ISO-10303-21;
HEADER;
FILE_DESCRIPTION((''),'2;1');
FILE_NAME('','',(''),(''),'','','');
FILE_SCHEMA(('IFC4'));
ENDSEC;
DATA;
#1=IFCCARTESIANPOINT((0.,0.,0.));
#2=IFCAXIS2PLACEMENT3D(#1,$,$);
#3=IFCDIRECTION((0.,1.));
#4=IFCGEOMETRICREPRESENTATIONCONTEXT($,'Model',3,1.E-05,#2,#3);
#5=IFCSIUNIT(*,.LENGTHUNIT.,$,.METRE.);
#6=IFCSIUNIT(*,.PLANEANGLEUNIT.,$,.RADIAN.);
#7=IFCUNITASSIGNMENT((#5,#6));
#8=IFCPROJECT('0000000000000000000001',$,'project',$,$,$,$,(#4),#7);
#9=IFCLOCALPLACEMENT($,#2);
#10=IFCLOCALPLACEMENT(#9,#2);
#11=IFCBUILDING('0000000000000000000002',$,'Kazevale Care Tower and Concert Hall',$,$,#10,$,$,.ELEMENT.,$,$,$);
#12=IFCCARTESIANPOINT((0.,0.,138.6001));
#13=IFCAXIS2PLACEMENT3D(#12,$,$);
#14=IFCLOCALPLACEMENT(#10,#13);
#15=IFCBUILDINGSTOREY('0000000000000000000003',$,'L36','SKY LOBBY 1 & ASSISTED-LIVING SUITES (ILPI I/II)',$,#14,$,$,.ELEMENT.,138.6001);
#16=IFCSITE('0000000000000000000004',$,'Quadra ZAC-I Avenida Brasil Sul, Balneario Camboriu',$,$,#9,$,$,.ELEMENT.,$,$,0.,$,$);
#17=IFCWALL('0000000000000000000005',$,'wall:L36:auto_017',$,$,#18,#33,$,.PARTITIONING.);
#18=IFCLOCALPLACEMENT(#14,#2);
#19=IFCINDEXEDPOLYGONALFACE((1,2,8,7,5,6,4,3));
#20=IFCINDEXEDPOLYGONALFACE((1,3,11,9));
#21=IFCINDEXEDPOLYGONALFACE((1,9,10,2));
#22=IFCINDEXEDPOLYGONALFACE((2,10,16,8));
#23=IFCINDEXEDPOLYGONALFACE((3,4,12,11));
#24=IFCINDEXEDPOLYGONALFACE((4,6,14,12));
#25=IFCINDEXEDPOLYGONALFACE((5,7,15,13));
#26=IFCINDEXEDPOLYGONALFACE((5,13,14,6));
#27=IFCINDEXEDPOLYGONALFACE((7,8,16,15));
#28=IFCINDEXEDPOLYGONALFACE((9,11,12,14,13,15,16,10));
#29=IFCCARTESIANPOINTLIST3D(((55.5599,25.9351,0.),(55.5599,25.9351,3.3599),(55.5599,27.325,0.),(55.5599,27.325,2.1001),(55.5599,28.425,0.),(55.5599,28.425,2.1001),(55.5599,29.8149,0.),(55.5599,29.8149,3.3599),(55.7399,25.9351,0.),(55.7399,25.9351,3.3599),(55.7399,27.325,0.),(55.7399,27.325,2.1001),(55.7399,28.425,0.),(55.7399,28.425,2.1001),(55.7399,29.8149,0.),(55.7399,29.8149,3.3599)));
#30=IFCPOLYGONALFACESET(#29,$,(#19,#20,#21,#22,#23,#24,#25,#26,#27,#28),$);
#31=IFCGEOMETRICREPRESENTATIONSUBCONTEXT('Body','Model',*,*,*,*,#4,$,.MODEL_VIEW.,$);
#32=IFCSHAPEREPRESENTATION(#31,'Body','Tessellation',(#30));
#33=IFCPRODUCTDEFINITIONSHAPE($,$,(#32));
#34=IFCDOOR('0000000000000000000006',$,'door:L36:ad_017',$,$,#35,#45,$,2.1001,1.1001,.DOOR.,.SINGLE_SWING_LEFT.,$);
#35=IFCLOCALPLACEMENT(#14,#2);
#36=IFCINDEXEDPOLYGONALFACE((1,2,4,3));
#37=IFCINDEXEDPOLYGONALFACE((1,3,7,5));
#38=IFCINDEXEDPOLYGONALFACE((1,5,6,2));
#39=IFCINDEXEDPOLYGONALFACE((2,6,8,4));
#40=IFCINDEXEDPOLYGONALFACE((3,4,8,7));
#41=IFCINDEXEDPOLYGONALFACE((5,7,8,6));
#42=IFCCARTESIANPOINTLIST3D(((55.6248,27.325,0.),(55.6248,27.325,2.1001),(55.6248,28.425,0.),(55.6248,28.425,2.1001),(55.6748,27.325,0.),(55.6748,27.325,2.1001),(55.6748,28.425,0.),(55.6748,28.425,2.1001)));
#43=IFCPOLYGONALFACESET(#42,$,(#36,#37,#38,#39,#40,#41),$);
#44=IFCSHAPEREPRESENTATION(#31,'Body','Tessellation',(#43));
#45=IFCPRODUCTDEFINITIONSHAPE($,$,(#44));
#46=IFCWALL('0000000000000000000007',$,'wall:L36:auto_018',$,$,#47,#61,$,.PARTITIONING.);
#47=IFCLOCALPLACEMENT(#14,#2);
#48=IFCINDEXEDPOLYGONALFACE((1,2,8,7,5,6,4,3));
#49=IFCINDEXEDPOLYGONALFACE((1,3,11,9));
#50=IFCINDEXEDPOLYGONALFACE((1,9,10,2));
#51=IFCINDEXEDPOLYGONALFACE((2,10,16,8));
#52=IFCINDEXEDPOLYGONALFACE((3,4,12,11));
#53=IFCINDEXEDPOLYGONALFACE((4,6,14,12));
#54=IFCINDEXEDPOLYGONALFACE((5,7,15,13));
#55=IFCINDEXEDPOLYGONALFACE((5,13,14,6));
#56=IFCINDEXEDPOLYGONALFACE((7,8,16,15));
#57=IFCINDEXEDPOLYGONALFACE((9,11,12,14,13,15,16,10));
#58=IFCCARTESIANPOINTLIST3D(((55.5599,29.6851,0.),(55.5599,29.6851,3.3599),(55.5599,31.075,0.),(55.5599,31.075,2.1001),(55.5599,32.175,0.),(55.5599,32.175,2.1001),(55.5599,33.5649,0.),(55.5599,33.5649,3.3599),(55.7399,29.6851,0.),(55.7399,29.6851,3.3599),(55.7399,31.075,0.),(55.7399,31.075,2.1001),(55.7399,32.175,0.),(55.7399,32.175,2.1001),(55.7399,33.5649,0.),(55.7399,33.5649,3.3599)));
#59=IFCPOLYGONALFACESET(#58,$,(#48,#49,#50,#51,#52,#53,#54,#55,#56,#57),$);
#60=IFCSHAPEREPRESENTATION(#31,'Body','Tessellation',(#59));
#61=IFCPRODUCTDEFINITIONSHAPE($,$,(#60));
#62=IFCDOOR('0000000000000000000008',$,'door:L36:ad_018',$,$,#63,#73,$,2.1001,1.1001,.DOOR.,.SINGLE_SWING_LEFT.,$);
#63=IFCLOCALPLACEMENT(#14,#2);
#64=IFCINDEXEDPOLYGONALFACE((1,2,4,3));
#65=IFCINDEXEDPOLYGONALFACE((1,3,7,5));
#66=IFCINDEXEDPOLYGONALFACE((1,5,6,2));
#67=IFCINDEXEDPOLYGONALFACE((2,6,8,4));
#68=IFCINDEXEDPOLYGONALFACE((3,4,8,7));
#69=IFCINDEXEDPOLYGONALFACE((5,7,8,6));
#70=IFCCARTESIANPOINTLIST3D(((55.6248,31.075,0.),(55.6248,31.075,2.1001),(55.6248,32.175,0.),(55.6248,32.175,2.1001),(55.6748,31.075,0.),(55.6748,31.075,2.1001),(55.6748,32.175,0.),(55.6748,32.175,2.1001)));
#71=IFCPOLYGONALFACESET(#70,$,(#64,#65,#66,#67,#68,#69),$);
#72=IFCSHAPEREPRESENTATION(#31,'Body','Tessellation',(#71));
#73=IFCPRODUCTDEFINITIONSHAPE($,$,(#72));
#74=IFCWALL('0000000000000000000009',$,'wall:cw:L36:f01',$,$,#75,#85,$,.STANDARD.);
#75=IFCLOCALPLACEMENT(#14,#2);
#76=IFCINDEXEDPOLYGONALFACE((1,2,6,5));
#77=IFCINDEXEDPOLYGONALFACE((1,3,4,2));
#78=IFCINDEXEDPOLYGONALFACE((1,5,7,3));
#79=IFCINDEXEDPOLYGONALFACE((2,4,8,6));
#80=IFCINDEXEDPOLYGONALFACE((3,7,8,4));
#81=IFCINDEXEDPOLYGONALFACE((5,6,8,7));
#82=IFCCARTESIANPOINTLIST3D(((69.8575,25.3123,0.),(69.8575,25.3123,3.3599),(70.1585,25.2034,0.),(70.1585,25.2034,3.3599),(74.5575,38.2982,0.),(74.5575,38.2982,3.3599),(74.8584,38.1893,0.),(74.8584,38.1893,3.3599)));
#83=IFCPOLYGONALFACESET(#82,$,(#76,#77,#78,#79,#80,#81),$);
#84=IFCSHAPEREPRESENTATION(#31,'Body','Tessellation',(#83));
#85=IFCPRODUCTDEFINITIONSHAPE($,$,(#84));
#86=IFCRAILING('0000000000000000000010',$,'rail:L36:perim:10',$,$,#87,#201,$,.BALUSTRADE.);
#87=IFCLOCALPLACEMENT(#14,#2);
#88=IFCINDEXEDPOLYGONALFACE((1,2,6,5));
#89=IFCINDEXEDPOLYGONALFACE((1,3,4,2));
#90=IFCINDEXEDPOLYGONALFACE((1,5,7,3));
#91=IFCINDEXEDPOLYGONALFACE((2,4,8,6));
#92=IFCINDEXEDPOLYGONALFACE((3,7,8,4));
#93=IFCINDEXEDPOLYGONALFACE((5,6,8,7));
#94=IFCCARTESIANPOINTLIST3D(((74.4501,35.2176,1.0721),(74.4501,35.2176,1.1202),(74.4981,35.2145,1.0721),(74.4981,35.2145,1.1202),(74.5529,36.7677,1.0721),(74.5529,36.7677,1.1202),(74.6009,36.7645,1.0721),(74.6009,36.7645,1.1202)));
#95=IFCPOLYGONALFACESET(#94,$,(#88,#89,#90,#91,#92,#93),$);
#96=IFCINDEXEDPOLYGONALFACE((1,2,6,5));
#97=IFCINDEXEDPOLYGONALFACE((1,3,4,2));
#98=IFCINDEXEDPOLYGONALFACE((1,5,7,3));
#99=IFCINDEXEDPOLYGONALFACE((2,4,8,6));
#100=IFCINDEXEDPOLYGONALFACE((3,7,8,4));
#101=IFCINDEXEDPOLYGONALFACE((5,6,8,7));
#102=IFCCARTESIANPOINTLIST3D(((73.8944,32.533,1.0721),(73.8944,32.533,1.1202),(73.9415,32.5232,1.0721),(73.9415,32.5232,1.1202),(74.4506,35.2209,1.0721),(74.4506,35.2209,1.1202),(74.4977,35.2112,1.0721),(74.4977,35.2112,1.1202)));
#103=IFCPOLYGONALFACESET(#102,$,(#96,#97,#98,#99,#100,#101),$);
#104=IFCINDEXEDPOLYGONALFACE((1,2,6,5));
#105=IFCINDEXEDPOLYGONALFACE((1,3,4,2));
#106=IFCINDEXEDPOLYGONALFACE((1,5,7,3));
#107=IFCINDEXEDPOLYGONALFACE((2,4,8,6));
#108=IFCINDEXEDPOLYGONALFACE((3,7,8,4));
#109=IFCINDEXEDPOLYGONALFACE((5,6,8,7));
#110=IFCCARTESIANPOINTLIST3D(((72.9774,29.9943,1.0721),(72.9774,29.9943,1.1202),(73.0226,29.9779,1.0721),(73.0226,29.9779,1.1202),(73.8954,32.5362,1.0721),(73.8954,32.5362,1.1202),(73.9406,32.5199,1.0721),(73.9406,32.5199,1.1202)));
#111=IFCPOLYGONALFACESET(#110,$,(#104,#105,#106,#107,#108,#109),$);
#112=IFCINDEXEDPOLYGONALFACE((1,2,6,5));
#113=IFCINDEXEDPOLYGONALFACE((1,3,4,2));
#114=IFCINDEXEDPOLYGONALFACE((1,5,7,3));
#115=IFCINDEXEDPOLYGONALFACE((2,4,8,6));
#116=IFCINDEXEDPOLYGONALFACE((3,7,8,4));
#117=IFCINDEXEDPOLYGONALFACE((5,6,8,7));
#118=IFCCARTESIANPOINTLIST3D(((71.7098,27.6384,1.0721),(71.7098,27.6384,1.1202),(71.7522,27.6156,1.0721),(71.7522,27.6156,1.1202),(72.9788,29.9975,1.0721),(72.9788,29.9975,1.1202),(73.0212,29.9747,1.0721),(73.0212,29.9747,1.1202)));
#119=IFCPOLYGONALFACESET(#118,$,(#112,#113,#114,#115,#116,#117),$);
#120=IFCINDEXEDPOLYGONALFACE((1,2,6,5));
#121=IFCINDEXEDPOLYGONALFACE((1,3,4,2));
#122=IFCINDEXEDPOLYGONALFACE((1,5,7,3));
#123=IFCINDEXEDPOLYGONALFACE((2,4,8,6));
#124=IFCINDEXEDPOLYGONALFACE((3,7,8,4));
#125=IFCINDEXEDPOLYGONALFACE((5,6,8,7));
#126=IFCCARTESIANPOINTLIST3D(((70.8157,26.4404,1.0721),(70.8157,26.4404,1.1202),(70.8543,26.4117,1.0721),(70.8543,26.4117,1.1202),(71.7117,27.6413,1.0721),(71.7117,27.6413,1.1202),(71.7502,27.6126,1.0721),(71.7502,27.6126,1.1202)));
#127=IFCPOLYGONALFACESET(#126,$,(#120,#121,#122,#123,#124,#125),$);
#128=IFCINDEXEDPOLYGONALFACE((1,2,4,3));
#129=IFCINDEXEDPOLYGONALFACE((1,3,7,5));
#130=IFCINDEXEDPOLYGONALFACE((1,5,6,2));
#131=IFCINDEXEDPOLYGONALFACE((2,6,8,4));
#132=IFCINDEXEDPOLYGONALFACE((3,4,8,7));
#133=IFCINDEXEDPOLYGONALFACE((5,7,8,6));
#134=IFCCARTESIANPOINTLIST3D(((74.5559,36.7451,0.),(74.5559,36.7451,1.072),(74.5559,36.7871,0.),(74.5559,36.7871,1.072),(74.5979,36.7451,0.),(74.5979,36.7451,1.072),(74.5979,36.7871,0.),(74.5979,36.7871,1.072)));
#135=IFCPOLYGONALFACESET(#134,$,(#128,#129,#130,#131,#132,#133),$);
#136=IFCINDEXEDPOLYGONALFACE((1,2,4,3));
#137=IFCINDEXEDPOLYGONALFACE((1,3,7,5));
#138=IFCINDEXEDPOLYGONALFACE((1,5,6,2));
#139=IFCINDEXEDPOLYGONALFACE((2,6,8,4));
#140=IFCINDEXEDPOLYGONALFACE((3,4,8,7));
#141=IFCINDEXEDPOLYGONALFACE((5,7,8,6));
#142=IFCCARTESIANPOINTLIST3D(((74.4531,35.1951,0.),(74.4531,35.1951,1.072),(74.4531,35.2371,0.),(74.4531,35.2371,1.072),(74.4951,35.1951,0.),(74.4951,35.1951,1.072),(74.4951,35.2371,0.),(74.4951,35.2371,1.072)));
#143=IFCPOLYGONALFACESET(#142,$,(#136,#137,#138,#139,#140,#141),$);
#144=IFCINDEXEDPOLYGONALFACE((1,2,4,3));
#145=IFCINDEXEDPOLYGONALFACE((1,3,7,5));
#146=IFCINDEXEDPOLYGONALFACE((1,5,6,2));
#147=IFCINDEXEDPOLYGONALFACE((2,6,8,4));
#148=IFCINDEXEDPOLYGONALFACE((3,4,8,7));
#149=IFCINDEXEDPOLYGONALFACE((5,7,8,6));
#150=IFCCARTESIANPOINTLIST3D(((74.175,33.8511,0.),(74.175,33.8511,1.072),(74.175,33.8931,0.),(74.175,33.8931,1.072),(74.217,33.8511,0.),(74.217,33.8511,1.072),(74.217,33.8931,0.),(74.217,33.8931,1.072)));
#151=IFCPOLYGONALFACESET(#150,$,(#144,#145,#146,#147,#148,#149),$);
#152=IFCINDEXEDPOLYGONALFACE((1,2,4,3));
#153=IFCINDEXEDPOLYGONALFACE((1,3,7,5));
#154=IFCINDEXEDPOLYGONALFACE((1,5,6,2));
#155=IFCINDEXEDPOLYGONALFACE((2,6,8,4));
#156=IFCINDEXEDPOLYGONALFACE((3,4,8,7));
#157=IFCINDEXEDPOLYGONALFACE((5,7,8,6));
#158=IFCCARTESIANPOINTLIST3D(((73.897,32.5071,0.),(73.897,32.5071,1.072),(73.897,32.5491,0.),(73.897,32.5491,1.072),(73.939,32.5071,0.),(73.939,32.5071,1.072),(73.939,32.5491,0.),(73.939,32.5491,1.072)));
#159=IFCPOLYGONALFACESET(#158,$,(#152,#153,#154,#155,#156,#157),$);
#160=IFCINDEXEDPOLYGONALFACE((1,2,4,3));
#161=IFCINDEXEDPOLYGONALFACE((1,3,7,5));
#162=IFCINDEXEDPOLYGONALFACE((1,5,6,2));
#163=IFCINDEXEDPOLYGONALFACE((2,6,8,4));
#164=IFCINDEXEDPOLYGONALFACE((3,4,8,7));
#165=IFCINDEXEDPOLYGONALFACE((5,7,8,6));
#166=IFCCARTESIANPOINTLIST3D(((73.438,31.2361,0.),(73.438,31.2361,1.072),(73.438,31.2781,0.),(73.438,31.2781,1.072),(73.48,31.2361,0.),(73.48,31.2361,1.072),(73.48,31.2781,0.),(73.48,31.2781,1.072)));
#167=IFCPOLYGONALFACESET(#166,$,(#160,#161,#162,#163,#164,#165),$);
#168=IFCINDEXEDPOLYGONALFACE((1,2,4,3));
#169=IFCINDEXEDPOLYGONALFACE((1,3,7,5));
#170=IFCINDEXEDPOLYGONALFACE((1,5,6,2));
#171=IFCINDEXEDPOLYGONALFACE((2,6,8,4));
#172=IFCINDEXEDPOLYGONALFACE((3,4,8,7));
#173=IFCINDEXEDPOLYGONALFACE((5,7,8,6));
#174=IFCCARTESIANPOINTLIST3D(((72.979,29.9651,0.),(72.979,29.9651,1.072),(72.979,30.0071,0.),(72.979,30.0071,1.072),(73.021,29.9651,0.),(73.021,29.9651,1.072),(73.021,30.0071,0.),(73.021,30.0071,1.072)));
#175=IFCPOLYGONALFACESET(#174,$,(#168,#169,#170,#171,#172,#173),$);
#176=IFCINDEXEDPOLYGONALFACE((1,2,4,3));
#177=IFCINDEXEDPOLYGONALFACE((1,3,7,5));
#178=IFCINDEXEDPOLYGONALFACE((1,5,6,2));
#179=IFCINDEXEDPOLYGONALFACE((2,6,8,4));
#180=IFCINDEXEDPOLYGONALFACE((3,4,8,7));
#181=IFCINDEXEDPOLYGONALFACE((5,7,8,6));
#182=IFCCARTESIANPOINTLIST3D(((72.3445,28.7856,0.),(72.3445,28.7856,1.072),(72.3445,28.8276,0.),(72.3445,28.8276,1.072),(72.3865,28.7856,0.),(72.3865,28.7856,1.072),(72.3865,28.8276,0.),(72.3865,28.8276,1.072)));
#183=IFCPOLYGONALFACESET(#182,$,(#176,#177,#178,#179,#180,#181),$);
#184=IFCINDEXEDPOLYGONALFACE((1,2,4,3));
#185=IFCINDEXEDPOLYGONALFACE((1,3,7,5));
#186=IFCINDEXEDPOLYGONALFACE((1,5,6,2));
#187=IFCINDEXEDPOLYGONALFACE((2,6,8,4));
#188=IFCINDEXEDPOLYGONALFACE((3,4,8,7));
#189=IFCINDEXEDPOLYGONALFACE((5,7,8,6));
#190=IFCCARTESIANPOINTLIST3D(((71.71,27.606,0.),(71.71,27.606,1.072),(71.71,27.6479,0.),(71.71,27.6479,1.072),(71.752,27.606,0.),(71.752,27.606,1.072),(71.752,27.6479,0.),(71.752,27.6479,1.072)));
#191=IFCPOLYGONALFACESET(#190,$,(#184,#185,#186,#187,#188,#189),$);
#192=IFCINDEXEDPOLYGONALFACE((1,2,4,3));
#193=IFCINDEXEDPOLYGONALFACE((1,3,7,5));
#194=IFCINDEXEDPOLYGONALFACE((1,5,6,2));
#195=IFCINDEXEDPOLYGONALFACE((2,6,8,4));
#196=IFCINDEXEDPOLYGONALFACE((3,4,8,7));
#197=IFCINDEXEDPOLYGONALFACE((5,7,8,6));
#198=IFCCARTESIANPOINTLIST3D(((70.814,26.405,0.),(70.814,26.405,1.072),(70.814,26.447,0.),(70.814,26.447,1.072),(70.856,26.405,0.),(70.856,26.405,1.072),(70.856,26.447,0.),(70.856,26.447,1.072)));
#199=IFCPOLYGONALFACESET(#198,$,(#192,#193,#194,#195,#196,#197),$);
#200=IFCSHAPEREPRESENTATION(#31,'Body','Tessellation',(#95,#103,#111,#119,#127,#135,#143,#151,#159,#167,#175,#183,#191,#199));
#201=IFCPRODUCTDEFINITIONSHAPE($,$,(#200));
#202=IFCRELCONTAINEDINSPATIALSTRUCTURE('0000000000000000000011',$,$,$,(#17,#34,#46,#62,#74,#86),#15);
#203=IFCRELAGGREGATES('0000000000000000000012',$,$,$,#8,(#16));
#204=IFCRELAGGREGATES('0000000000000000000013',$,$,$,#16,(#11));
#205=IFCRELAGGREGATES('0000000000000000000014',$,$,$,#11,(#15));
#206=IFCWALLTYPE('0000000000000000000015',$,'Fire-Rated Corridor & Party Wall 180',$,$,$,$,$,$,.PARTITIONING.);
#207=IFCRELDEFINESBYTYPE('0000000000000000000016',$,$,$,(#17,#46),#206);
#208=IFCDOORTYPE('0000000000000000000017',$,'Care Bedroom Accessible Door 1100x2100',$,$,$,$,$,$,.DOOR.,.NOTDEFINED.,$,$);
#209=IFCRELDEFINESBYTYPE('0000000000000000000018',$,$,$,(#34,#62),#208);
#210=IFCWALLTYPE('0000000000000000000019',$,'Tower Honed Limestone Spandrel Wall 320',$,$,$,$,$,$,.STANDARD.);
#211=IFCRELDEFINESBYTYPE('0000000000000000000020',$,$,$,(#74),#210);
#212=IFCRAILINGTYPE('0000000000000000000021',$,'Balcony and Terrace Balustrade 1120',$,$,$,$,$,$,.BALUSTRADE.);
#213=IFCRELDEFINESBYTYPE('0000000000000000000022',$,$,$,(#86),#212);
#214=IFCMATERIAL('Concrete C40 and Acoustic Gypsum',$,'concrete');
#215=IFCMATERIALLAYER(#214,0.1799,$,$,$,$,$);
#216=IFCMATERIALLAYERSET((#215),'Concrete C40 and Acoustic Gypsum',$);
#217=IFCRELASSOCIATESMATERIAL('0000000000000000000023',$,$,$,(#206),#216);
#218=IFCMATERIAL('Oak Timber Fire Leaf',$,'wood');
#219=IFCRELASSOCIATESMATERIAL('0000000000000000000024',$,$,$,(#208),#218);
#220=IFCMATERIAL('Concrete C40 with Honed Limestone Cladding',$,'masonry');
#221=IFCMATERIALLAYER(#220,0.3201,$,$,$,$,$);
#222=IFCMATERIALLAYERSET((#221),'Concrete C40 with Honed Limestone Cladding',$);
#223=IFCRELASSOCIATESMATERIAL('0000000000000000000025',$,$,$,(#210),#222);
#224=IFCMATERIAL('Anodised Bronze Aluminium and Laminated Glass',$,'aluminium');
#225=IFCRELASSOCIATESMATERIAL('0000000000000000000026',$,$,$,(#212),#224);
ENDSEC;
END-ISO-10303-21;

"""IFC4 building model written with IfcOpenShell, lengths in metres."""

from ifc_helpers import new_model, si_unit, direction, frame, frame_2d, origin, origin_2d, place, context, subcontext, project, spatial, rectangle, extrude, material, layer, layer_set, type_object, element, fill, save


model = new_model("IFC4")

# Units and contexts
model_context = context("Model", 3, precision=1e-05, world=origin(), true_north=direction((0.0, 1.0)))
body_context = subcontext(model_context, "Body", "Model", "MODEL_VIEW")
ifc_project = project(units=[si_unit("LENGTHUNIT", "METRE"), si_unit("PLANEANGLEUNIT", "RADIAN")], contexts=[model_context])

# Site, building, storey
site_placement = place(None, origin())
site = spatial("IfcSite", under=ifc_project, at=site_placement, Name="Quadra ZAC-I Avenida Brasil Sul, Balneario Camboriu", CompositionType="ELEMENT", RefElevation=0.0)
building_placement = place(site_placement, origin())
building = spatial("IfcBuilding", under=site, at=building_placement, Name="Kazevale Care Tower and Concert Hall", CompositionType="ELEMENT")
storey_placement = place(building_placement, frame((0.0, 0.0, 138.6001)))
storey = spatial("IfcBuildingStorey", under=building, at=storey_placement, Name="L36", Description="SKY LOBBY 1 & ASSISTED-LIVING SUITES (ILPI I/II)", CompositionType="ELEMENT", Elevation=138.6001)

# Walls, openings, doors
ifc_material_1 = material(Name="Concrete C40 and Acoustic Gypsum", Category="concrete")
ifc_layer_1 = layer(ifc_material_1, 0.1799)
ifc_layer_set_1 = layer_set([ifc_layer_1], Name="Concrete C40 and Acoustic Gypsum")
wall_type_1 = type_object("IfcWallType", Name="Fire-Rated Corridor & Party Wall 180", PredefinedType="PARTITIONING", material=ifc_layer_set_1)
ifc_material_2 = material(Name="Oak Timber Fire Leaf", Category="wood")
door_type = type_object("IfcDoorType", Name="Care Bedroom Accessible Door 1100x2100", OperationType="NOTDEFINED", PredefinedType="DOOR", material=ifc_material_2)
wall_1_placement = place(storey_placement, frame((55.6499, 29.8149, 0.0), z_axis=(0.0, 0.0, 1.0), x_axis=(0.0, -1.0, 0.0)))
wall_1 = element("IfcWall", 1, at=wall_1_placement, inside=storey, type_object=wall_type_1, Name="wall:L36:auto_017", PredefinedType="PARTITIONING", context=body_context, shape_type="SweptSolid", body=[
    extrude(rectangle(XDim=3.8799, YDim=0.1799, at=frame_2d((1.9399, 0.0))), origin(), (0.0, 0.0, 1.0), 3.3599),
])
opening_1_placement = place(wall_1_placement, frame((1.3899, 0.0, 0.0)))
opening_1 = element("IfcOpeningElement", 2, at=opening_1_placement, cuts=wall_1, PredefinedType="OPENING", context=body_context, shape_type="SweptSolid", body=[
    extrude(rectangle(XDim=1.1001, YDim=2.1001, at=frame_2d((0.55, 1.05))), frame((0.0, 0.0999, 0.0), z_axis=(0.0, -1.0, 0.0), x_axis=(1.0, 0.0, 0.0)), (0.0, 0.0, 1.0), 0.2),
])
door_1_placement = place(opening_1_placement, origin())
door_1 = element("IfcDoor", 3, at=door_1_placement, inside=storey, type_object=door_type, Name="door:L36:ad_017", OperationType="SINGLE_SWING_LEFT", OverallHeight=2.1001, OverallWidth=1.1001, PredefinedType="DOOR", context=body_context, shape_type="SweptSolid", body=[
    extrude(rectangle(XDim=1.1001, YDim=2.1001, at=frame_2d((0.55, 1.05))), frame((0.0, 0.0249, 0.0), z_axis=(0.0, -1.0, 0.0), x_axis=(1.0, 0.0, 0.0)), (0.0, 0.0, 1.0), 0.05),
])
fill(opening_1, door_1)
wall_2_placement = place(storey_placement, frame((55.6499, 33.5649, 0.0), z_axis=(0.0, 0.0, 1.0), x_axis=(0.0, -1.0, 0.0)))
wall_2 = element("IfcWall", 4, at=wall_2_placement, inside=storey, type_object=wall_type_1, Name="wall:L36:auto_018", PredefinedType="PARTITIONING", context=body_context, shape_type="SweptSolid", body=[
    extrude(rectangle(XDim=3.8799, YDim=0.1799, at=frame_2d((1.9399, 0.0))), origin(), (0.0, 0.0, 1.0), 3.3599),
])
opening_2_placement = place(wall_2_placement, frame((1.3899, 0.0, 0.0)))
opening_2 = element("IfcOpeningElement", 5, at=opening_2_placement, cuts=wall_2, PredefinedType="OPENING", context=body_context, shape_type="SweptSolid", body=[
    extrude(rectangle(XDim=1.1001, YDim=2.1001, at=frame_2d((0.55, 1.05))), frame((0.0, 0.0999, 0.0), z_axis=(0.0, -1.0, 0.0), x_axis=(1.0, 0.0, 0.0)), (0.0, 0.0, 1.0), 0.2),
])
door_2_placement = place(opening_2_placement, origin())
door_2 = element("IfcDoor", 6, at=door_2_placement, inside=storey, type_object=door_type, Name="door:L36:ad_018", OperationType="SINGLE_SWING_LEFT", OverallHeight=2.1001, OverallWidth=1.1001, PredefinedType="DOOR", context=body_context, shape_type="SweptSolid", body=[
    extrude(rectangle(XDim=1.1001, YDim=2.1001, at=frame_2d((0.55, 1.05))), frame((0.0, 0.0249, 0.0), z_axis=(0.0, -1.0, 0.0), x_axis=(1.0, 0.0, 0.0)), (0.0, 0.0, 1.0), 0.05),
])
fill(opening_2, door_2)

# Wall
ifc_material_3 = material(Name="Concrete C40 with Honed Limestone Cladding", Category="masonry")
ifc_layer_2 = layer(ifc_material_3, 0.3201)
ifc_layer_set_2 = layer_set([ifc_layer_2], Name="Concrete C40 with Honed Limestone Cladding")
wall_type_2 = type_object("IfcWallType", Name="Tower Honed Limestone Spandrel Wall 320", PredefinedType="STANDARD", material=ifc_layer_set_2)
wall_3_placement = place(storey_placement, frame((74.708, 38.2439, 0.0), z_axis=(0.0, 0.0, 1.0), x_axis=(-0.340325, -0.940308, 0.0)))
element("IfcWall", 7, at=wall_3_placement, inside=storey, type_object=wall_type_2, Name="wall:cw:L36:f01", PredefinedType="STANDARD", context=body_context, shape_type="SweptSolid", body=[
    extrude(rectangle(XDim=13.8103, YDim=0.3201, at=frame_2d((6.9053, 0.0))), origin(), (0.0, 0.0, 1.0), 3.3599),
])

# Railing
ifc_material_4 = material(Name="Anodised Bronze Aluminium and Laminated Glass", Category="aluminium")
railing_type = type_object("IfcRailingType", Name="Balcony and Terrace Balustrade 1120", PredefinedType="BALUSTRADE", material=ifc_material_4)
railing_placement = place(storey_placement, frame((74.5769, 36.7661, 0.0)))
element("IfcRailing", 8, at=railing_placement, inside=storey, type_object=railing_type, Name="rail:L36:perim:10", PredefinedType="BALUSTRADE", context=body_context, shape_type="SweptSolid", body=[
    extrude(rectangle(XDim=0.0481, YDim=0.0481, at=origin_2d()), frame((0.0, 0.0, 1.0962), z_axis=(-0.066164, -0.997809, 0.0), x_axis=(0.997809, -0.066164, 0.0)), (0.0, 0.0, 1.0), 1.5535),
    extrude(rectangle(XDim=0.0481, YDim=0.0481, at=origin_2d()), frame((-0.1028, -1.55, 1.0962), z_axis=(-0.202611, -0.979259, 0.0), x_axis=(0.979259, -0.202611, 0.0)), (0.0, 0.0, 1.0), 2.7449),
    extrude(rectangle(XDim=0.0481, YDim=0.0481, at=origin_2d()), frame((-0.6589, -4.238, 1.0962), z_axis=(-0.339653, -0.940551, 0.0), x_axis=(0.940551, -0.339653, 0.0)), (0.0, 0.0, 1.0), 2.7026),
    extrude(rectangle(XDim=0.0481, YDim=0.0481, at=origin_2d()), frame((-1.5769, -6.78, 1.0962), z_axis=(-0.473736, -0.880667, 0.0), x_axis=(0.880667, -0.473736, 0.0)), (0.0, 0.0, 1.0), 2.6787),
    extrude(rectangle(XDim=0.0481, YDim=0.0481, at=origin_2d()), frame((-2.8459, -9.1392, 1.0962), z_axis=(-0.597991, -0.801503, 0.0), x_axis=(0.801503, -0.597991, 0.0)), (0.0, 0.0, 1.0), 1.4983),
    extrude(rectangle(XDim=0.042, YDim=0.042, at=origin_2d()), origin(), (0.0, 0.0, 1.0), 1.072),
    extrude(rectangle(XDim=0.042, YDim=0.042, at=origin_2d()), frame((-0.1028, -1.55, 0.0)), (0.0, 0.0, 1.0), 1.072),
    extrude(rectangle(XDim=0.042, YDim=0.042, at=origin_2d()), frame((-0.3809, -2.894, 0.0)), (0.0, 0.0, 1.0), 1.072),
    extrude(rectangle(XDim=0.042, YDim=0.042, at=origin_2d()), frame((-0.6589, -4.238, 0.0)), (0.0, 0.0, 1.0), 1.072),
    extrude(rectangle(XDim=0.042, YDim=0.042, at=origin_2d()), frame((-1.1179, -5.509, 0.0)), (0.0, 0.0, 1.0), 1.072),
    extrude(rectangle(XDim=0.042, YDim=0.042, at=origin_2d()), frame((-1.5769, -6.78, 0.0)), (0.0, 0.0, 1.0), 1.072),
    extrude(rectangle(XDim=0.042, YDim=0.042, at=origin_2d()), frame((-2.2114, -7.9595, 0.0)), (0.0, 0.0, 1.0), 1.072),
    extrude(rectangle(XDim=0.042, YDim=0.042, at=origin_2d()), frame((-2.8459, -9.1392, 0.0)), (0.0, 0.0, 1.0), 1.072),
    extrude(rectangle(XDim=0.042, YDim=0.042, at=origin_2d()), frame((-3.7419, -10.3401, 0.0)), (0.0, 0.0, 1.0), 1.072),
])

save(model, "model.ifc")
